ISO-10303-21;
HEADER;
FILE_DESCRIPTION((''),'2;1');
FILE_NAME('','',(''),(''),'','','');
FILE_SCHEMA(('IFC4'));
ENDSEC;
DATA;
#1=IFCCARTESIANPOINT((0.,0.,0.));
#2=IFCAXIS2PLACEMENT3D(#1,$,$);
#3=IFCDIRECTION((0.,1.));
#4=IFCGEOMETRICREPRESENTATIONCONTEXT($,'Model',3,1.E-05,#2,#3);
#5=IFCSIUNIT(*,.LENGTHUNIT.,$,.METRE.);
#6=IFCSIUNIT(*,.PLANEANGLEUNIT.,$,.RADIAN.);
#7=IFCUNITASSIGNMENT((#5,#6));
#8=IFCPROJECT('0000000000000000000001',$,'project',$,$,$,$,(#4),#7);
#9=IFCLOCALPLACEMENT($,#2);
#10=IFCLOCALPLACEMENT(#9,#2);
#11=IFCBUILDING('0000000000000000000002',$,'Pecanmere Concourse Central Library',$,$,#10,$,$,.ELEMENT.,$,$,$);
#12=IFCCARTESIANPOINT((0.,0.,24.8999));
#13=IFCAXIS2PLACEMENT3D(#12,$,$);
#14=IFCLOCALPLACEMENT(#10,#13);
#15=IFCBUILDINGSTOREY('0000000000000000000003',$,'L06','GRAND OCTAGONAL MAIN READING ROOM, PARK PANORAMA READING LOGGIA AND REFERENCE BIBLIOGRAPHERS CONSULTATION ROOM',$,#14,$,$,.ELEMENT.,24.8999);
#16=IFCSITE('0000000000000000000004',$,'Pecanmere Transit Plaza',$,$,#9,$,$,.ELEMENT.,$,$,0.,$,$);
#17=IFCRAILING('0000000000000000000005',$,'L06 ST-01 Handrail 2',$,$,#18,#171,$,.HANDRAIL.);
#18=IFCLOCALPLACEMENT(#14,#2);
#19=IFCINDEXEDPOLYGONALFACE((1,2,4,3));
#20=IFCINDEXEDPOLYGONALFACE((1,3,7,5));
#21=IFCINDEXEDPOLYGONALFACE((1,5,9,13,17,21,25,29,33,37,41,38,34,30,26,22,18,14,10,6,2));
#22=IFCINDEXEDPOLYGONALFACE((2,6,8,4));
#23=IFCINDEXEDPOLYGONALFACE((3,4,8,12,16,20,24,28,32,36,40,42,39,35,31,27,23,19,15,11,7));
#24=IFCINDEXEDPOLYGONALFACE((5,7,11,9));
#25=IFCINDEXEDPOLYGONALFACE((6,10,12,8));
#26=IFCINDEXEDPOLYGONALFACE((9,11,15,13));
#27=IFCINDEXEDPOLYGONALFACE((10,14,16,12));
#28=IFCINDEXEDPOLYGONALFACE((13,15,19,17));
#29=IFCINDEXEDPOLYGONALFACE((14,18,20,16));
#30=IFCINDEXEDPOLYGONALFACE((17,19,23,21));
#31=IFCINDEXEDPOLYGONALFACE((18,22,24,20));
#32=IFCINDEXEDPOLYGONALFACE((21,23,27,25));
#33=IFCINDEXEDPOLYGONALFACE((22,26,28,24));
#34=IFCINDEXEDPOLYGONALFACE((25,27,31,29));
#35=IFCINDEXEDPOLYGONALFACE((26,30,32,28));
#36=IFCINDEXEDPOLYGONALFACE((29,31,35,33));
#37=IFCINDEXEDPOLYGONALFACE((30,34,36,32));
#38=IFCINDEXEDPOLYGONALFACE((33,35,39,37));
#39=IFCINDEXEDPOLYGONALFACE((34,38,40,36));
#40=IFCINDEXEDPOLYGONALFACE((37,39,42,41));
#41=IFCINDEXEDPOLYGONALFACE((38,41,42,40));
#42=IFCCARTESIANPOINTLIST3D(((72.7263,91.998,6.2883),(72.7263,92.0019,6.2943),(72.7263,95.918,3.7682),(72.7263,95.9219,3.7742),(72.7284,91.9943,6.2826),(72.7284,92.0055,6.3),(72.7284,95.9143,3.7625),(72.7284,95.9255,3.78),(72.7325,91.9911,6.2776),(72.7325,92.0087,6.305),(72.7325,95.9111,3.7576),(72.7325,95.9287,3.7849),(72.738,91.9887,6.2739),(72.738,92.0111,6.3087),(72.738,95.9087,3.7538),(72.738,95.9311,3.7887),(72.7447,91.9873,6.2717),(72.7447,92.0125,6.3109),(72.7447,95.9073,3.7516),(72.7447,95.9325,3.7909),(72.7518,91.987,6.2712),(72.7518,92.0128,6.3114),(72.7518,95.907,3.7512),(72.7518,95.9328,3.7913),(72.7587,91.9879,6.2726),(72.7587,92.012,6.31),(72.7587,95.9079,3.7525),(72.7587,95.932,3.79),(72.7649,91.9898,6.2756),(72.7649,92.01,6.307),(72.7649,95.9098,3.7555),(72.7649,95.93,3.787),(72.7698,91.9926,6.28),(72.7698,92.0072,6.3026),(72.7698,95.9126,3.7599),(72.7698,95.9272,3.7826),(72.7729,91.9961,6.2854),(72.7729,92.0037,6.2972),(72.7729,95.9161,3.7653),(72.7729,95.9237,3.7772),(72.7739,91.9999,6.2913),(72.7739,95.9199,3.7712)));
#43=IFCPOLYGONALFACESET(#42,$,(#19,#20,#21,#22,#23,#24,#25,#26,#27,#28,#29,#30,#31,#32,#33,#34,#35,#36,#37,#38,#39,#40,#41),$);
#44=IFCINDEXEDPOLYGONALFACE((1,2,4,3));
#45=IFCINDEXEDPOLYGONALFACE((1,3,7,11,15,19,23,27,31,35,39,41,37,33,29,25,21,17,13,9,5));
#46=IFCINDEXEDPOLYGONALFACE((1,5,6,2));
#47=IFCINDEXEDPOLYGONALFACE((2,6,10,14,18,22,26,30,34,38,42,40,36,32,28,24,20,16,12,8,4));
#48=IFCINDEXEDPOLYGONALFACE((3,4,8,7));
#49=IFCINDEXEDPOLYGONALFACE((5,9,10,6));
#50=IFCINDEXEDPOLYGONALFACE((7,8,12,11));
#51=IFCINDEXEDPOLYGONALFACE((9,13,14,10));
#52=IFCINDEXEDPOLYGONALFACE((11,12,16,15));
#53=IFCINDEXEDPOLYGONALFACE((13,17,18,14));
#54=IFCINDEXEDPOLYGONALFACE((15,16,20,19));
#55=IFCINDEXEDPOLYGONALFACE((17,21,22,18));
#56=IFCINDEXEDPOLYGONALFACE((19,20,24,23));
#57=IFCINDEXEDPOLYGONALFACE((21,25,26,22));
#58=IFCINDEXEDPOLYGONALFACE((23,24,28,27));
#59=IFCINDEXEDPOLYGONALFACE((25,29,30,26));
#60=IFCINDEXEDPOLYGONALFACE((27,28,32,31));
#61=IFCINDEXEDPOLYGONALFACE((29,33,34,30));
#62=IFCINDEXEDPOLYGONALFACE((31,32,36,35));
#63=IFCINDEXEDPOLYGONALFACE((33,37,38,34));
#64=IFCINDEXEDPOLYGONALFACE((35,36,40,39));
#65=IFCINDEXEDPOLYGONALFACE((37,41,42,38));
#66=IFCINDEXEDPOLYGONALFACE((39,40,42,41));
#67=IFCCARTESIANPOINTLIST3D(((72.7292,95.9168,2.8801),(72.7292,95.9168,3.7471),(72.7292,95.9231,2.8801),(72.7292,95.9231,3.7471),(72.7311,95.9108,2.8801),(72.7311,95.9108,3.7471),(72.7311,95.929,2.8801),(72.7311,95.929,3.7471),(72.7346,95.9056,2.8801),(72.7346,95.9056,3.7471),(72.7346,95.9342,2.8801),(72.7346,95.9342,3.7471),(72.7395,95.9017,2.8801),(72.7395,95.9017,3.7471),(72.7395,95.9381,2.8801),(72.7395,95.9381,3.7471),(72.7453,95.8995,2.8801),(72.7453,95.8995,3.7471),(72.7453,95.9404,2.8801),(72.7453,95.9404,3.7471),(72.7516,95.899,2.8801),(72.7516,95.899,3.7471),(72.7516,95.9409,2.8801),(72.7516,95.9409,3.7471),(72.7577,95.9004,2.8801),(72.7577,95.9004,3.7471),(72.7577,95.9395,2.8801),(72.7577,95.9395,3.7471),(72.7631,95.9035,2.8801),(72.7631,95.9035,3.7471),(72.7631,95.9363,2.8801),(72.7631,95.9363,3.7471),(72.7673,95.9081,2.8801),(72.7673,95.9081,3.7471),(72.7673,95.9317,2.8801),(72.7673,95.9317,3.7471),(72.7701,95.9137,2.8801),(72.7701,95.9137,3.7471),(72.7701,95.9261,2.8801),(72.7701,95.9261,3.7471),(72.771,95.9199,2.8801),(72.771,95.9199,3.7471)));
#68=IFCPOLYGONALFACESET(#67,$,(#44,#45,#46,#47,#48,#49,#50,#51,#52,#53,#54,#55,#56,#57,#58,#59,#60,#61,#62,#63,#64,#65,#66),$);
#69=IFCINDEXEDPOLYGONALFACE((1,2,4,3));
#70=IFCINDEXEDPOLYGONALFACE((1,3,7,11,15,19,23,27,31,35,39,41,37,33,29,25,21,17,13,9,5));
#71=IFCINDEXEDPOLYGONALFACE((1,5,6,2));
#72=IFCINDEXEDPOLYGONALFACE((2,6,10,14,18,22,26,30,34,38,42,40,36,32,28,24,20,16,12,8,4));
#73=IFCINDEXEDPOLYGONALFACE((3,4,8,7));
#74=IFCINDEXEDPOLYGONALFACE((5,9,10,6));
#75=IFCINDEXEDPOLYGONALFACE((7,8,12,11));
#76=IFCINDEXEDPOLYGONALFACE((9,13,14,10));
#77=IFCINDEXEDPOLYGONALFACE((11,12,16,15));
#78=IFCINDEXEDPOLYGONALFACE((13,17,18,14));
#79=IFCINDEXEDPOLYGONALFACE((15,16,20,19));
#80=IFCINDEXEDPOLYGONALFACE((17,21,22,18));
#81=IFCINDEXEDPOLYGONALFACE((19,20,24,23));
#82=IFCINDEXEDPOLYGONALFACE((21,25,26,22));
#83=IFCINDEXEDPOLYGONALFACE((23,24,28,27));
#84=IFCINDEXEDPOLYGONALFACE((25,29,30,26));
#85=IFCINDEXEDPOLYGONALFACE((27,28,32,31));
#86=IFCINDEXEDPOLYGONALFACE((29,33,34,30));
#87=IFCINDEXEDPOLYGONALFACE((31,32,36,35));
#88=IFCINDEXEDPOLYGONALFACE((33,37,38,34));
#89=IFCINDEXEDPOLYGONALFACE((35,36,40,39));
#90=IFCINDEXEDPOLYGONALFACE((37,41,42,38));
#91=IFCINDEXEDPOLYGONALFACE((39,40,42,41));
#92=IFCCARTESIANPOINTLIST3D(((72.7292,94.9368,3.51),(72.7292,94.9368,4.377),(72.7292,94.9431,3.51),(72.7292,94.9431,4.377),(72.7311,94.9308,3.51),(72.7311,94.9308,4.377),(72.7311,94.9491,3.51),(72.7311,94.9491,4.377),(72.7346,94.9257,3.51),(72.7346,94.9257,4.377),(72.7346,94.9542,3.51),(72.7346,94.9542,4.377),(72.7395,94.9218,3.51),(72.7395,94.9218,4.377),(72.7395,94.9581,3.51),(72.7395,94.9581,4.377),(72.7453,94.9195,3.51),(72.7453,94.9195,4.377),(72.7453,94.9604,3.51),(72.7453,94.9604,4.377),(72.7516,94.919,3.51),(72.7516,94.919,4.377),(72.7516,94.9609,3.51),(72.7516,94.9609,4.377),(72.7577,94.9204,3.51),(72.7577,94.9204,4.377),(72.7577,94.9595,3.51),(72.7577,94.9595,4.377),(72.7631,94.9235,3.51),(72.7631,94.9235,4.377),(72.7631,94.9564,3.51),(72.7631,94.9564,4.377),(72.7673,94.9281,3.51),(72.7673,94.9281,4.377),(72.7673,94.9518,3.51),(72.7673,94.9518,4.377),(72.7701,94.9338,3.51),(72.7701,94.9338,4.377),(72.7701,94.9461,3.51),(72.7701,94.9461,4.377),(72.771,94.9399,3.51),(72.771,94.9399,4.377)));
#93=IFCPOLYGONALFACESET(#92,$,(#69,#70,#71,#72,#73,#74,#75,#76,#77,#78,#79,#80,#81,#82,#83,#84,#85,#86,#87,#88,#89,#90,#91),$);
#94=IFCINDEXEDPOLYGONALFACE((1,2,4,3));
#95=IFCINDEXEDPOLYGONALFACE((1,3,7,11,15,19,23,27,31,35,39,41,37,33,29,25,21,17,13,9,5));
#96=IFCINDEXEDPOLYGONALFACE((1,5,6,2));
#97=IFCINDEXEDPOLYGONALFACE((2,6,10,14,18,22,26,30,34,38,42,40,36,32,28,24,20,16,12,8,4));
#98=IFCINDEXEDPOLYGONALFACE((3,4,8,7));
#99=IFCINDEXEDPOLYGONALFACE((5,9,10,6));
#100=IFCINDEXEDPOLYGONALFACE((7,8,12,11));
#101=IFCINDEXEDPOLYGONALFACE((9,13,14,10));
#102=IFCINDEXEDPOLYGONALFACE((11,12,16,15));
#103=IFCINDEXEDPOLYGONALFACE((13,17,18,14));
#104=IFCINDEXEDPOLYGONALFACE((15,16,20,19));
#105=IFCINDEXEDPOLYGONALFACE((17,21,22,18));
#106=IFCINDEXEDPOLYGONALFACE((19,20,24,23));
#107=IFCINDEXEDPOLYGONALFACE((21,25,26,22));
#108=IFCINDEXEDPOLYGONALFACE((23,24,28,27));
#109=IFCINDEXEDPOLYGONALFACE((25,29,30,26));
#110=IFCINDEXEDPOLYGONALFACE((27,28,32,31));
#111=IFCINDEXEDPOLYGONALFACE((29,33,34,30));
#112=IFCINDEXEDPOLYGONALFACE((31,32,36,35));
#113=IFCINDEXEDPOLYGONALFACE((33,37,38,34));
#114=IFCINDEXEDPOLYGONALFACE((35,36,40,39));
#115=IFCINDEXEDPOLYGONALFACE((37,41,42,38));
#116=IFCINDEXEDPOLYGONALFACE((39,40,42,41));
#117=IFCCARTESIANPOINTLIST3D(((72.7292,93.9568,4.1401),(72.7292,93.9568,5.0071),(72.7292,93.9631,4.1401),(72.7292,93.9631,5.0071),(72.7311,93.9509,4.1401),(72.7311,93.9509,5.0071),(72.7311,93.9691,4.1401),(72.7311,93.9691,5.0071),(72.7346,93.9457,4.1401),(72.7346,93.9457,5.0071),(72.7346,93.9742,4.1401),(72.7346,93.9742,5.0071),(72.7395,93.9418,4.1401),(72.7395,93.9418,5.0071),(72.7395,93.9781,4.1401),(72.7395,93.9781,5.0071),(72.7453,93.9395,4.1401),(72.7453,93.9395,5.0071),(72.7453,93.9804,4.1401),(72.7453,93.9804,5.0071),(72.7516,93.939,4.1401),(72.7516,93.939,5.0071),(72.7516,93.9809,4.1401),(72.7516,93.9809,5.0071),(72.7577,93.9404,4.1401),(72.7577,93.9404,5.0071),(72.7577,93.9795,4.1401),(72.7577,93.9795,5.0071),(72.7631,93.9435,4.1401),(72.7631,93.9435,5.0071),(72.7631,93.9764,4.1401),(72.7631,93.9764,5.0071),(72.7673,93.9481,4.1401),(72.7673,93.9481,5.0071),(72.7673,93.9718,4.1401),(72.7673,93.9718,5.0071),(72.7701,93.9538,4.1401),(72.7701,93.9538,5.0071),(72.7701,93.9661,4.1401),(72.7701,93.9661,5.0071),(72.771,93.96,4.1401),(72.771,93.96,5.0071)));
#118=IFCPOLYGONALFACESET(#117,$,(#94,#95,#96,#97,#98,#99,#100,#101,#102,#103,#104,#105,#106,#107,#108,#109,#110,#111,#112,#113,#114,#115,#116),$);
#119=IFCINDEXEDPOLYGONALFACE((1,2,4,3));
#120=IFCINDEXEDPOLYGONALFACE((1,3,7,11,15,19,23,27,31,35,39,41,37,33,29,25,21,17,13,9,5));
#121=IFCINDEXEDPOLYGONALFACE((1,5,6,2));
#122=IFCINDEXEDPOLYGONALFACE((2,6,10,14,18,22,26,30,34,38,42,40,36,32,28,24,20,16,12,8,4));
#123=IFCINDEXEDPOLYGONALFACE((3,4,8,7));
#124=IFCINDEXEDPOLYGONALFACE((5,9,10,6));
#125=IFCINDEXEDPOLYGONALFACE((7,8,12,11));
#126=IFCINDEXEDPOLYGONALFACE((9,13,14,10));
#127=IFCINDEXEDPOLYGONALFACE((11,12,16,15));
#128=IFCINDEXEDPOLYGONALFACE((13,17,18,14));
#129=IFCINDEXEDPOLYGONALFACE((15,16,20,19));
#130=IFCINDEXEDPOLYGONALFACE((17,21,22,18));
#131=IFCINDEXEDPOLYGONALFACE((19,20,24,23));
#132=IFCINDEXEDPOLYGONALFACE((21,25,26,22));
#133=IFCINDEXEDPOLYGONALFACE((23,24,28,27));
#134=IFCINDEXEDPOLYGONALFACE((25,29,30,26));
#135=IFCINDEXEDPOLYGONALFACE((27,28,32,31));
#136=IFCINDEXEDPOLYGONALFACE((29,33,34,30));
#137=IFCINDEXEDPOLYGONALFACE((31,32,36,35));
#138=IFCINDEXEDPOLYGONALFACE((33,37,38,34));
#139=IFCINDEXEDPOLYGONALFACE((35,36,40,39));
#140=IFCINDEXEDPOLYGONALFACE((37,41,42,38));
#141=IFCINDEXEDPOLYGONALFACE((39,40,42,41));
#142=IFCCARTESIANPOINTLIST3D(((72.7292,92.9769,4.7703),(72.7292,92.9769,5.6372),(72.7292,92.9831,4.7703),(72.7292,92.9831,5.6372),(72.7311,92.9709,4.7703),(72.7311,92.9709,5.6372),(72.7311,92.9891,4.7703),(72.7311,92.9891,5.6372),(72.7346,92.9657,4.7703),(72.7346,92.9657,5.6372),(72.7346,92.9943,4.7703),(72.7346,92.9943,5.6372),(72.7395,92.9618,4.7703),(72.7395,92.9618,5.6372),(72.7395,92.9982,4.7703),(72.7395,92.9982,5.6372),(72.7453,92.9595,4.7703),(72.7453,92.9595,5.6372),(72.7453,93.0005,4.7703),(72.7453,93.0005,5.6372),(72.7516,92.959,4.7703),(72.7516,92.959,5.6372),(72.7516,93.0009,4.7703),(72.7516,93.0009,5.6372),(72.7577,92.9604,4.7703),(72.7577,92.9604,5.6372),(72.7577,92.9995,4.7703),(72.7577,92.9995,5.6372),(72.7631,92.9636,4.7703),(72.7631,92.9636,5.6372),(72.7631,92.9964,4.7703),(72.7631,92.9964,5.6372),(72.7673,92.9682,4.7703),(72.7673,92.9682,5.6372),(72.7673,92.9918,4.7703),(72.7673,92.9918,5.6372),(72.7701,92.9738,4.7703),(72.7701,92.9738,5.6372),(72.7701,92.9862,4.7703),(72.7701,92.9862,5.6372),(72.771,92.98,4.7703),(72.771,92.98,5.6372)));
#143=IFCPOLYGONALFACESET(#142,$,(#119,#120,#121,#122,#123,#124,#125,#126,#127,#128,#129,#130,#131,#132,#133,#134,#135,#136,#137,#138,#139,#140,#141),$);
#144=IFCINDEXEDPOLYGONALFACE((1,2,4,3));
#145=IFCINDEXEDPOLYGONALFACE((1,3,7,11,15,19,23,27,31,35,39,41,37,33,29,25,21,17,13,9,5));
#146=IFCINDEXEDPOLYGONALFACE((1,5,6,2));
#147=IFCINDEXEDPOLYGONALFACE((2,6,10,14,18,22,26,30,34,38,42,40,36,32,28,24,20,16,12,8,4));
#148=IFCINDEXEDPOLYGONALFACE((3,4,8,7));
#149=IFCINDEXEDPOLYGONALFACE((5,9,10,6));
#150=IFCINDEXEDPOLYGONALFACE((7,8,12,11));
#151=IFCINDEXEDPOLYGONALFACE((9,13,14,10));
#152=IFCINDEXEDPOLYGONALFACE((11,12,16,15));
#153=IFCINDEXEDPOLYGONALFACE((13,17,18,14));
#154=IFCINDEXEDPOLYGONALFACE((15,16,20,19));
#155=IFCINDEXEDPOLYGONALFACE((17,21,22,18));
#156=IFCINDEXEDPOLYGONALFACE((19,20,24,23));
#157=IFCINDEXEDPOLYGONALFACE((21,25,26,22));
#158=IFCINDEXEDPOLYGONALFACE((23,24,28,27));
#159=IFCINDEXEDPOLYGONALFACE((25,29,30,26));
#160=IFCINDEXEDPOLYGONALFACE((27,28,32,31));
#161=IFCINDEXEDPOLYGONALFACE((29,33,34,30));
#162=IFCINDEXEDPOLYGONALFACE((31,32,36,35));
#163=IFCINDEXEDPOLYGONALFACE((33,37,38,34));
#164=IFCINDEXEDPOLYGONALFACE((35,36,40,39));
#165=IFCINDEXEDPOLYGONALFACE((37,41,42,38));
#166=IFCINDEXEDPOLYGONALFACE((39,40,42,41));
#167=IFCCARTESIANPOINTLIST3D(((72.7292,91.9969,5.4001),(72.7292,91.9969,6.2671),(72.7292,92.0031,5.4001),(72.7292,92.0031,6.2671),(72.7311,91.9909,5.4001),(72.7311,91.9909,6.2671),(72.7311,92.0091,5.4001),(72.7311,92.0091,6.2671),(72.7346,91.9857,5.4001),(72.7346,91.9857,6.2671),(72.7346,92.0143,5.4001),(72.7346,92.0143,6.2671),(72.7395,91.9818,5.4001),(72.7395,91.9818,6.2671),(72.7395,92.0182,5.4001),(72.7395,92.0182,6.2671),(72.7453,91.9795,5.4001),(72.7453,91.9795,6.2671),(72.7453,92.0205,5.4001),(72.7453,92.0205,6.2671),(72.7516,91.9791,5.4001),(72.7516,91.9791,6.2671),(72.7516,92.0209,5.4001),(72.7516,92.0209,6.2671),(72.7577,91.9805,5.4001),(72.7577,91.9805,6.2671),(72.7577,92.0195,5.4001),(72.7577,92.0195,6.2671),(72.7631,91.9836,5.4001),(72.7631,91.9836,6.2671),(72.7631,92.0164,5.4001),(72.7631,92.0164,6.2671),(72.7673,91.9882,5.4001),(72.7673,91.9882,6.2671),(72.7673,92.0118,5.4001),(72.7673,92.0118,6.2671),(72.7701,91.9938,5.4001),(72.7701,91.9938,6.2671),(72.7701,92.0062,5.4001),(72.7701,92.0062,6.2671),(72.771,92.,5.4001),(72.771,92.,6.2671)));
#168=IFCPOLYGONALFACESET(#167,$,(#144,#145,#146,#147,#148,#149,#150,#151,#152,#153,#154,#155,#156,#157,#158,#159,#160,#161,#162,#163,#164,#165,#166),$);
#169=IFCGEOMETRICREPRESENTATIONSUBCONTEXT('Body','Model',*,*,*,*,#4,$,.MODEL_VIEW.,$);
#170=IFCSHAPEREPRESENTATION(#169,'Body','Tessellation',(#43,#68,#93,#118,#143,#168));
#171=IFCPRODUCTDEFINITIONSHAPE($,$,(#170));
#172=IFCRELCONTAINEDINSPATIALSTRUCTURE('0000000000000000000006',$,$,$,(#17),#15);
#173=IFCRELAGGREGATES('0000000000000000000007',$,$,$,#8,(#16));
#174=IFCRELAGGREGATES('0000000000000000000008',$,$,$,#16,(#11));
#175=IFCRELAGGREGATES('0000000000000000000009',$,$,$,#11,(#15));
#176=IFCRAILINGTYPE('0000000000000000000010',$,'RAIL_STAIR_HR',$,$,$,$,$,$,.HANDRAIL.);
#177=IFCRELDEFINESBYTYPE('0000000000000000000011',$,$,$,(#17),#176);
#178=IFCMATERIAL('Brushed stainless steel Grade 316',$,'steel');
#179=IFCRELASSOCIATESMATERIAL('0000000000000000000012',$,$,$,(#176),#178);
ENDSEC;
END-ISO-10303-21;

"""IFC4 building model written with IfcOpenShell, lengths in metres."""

from ifc_helpers import new_model, si_unit, direction, frame, origin, origin_2d, place, context, subcontext, project, spatial, circle, extrude, material, type_object, element, save


model = new_model("IFC4")

# Units and contexts
model_context = context("Model", 3, precision=1e-05, world=origin(), true_north=direction((0.0, 1.0)))
body_context = subcontext(model_context, "Body", "Model", "MODEL_VIEW")
ifc_project = project(units=[si_unit("LENGTHUNIT", "METRE"), si_unit("PLANEANGLEUNIT", "RADIAN")], contexts=[model_context])

# Site, building, storey
site_placement = place(None, origin())
site = spatial("IfcSite", under=ifc_project, at=site_placement, Name="Pecanmere Transit Plaza", CompositionType="ELEMENT", RefElevation=0.0)
building_placement = place(site_placement, origin())
building = spatial("IfcBuilding", under=site, at=building_placement, Name="Pecanmere Concourse Central Library", CompositionType="ELEMENT")
storey_placement = place(building_placement, frame((0.0, 0.0, 24.8999)))
storey = spatial("IfcBuildingStorey", under=building, at=storey_placement, Name="L06", Description="GRAND OCTAGONAL MAIN READING ROOM, PARK PANORAMA READING LOGGIA AND REFERENCE BIBLIOGRAPHERS CONSULTATION ROOM", CompositionType="ELEMENT", Elevation=24.8999)

# Railing
ifc_material_1 = material(Name="Brushed stainless steel Grade 316", Category="steel")
railing_type_1 = type_object("IfcRailingType", Name="RAIL_STAIR_HR", PredefinedType="HANDRAIL", material=ifc_material_1)
railing_1_placement = place(storey_placement, frame((72.75, 95.9199, 2.8801)))
element("IfcRailing", 1, at=railing_1_placement, inside=storey, type_object=railing_type_1, Name="L06 ST-01 Handrail 2", PredefinedType="HANDRAIL", context=body_context, shape_type="SweptSolid", body=[
    extrude(circle(Radius=0.0239, at=origin_2d()), frame((0.0, 0.0, 0.8911), z_axis=(0.0, -0.841172, 0.540768), x_axis=(1.0, 0.0, 0.0)), (0.0, 0.0, 1.0), 4.6602),
    extrude(circle(Radius=0.021, at=origin_2d()), origin(), (0.0, 0.0, 1.0), 0.8669),
    extrude(circle(Radius=0.021, at=origin_2d()), frame((0.0, -0.98, 0.6299)), (0.0, 0.0, 1.0), 0.8669),
    extrude(circle(Radius=0.021, at=origin_2d()), frame((0.0, -1.96, 1.26)), (0.0, 0.0, 1.0), 0.8669),
    extrude(circle(Radius=0.021, at=origin_2d()), frame((0.0, -2.9399, 1.8901)), (0.0, 0.0, 1.0), 0.8669),
    extrude(circle(Radius=0.021, at=origin_2d()), frame((0.0, -3.9199, 2.52)), (0.0, 0.0, 1.0), 0.8669),
])

save(model, "model.ifc")
